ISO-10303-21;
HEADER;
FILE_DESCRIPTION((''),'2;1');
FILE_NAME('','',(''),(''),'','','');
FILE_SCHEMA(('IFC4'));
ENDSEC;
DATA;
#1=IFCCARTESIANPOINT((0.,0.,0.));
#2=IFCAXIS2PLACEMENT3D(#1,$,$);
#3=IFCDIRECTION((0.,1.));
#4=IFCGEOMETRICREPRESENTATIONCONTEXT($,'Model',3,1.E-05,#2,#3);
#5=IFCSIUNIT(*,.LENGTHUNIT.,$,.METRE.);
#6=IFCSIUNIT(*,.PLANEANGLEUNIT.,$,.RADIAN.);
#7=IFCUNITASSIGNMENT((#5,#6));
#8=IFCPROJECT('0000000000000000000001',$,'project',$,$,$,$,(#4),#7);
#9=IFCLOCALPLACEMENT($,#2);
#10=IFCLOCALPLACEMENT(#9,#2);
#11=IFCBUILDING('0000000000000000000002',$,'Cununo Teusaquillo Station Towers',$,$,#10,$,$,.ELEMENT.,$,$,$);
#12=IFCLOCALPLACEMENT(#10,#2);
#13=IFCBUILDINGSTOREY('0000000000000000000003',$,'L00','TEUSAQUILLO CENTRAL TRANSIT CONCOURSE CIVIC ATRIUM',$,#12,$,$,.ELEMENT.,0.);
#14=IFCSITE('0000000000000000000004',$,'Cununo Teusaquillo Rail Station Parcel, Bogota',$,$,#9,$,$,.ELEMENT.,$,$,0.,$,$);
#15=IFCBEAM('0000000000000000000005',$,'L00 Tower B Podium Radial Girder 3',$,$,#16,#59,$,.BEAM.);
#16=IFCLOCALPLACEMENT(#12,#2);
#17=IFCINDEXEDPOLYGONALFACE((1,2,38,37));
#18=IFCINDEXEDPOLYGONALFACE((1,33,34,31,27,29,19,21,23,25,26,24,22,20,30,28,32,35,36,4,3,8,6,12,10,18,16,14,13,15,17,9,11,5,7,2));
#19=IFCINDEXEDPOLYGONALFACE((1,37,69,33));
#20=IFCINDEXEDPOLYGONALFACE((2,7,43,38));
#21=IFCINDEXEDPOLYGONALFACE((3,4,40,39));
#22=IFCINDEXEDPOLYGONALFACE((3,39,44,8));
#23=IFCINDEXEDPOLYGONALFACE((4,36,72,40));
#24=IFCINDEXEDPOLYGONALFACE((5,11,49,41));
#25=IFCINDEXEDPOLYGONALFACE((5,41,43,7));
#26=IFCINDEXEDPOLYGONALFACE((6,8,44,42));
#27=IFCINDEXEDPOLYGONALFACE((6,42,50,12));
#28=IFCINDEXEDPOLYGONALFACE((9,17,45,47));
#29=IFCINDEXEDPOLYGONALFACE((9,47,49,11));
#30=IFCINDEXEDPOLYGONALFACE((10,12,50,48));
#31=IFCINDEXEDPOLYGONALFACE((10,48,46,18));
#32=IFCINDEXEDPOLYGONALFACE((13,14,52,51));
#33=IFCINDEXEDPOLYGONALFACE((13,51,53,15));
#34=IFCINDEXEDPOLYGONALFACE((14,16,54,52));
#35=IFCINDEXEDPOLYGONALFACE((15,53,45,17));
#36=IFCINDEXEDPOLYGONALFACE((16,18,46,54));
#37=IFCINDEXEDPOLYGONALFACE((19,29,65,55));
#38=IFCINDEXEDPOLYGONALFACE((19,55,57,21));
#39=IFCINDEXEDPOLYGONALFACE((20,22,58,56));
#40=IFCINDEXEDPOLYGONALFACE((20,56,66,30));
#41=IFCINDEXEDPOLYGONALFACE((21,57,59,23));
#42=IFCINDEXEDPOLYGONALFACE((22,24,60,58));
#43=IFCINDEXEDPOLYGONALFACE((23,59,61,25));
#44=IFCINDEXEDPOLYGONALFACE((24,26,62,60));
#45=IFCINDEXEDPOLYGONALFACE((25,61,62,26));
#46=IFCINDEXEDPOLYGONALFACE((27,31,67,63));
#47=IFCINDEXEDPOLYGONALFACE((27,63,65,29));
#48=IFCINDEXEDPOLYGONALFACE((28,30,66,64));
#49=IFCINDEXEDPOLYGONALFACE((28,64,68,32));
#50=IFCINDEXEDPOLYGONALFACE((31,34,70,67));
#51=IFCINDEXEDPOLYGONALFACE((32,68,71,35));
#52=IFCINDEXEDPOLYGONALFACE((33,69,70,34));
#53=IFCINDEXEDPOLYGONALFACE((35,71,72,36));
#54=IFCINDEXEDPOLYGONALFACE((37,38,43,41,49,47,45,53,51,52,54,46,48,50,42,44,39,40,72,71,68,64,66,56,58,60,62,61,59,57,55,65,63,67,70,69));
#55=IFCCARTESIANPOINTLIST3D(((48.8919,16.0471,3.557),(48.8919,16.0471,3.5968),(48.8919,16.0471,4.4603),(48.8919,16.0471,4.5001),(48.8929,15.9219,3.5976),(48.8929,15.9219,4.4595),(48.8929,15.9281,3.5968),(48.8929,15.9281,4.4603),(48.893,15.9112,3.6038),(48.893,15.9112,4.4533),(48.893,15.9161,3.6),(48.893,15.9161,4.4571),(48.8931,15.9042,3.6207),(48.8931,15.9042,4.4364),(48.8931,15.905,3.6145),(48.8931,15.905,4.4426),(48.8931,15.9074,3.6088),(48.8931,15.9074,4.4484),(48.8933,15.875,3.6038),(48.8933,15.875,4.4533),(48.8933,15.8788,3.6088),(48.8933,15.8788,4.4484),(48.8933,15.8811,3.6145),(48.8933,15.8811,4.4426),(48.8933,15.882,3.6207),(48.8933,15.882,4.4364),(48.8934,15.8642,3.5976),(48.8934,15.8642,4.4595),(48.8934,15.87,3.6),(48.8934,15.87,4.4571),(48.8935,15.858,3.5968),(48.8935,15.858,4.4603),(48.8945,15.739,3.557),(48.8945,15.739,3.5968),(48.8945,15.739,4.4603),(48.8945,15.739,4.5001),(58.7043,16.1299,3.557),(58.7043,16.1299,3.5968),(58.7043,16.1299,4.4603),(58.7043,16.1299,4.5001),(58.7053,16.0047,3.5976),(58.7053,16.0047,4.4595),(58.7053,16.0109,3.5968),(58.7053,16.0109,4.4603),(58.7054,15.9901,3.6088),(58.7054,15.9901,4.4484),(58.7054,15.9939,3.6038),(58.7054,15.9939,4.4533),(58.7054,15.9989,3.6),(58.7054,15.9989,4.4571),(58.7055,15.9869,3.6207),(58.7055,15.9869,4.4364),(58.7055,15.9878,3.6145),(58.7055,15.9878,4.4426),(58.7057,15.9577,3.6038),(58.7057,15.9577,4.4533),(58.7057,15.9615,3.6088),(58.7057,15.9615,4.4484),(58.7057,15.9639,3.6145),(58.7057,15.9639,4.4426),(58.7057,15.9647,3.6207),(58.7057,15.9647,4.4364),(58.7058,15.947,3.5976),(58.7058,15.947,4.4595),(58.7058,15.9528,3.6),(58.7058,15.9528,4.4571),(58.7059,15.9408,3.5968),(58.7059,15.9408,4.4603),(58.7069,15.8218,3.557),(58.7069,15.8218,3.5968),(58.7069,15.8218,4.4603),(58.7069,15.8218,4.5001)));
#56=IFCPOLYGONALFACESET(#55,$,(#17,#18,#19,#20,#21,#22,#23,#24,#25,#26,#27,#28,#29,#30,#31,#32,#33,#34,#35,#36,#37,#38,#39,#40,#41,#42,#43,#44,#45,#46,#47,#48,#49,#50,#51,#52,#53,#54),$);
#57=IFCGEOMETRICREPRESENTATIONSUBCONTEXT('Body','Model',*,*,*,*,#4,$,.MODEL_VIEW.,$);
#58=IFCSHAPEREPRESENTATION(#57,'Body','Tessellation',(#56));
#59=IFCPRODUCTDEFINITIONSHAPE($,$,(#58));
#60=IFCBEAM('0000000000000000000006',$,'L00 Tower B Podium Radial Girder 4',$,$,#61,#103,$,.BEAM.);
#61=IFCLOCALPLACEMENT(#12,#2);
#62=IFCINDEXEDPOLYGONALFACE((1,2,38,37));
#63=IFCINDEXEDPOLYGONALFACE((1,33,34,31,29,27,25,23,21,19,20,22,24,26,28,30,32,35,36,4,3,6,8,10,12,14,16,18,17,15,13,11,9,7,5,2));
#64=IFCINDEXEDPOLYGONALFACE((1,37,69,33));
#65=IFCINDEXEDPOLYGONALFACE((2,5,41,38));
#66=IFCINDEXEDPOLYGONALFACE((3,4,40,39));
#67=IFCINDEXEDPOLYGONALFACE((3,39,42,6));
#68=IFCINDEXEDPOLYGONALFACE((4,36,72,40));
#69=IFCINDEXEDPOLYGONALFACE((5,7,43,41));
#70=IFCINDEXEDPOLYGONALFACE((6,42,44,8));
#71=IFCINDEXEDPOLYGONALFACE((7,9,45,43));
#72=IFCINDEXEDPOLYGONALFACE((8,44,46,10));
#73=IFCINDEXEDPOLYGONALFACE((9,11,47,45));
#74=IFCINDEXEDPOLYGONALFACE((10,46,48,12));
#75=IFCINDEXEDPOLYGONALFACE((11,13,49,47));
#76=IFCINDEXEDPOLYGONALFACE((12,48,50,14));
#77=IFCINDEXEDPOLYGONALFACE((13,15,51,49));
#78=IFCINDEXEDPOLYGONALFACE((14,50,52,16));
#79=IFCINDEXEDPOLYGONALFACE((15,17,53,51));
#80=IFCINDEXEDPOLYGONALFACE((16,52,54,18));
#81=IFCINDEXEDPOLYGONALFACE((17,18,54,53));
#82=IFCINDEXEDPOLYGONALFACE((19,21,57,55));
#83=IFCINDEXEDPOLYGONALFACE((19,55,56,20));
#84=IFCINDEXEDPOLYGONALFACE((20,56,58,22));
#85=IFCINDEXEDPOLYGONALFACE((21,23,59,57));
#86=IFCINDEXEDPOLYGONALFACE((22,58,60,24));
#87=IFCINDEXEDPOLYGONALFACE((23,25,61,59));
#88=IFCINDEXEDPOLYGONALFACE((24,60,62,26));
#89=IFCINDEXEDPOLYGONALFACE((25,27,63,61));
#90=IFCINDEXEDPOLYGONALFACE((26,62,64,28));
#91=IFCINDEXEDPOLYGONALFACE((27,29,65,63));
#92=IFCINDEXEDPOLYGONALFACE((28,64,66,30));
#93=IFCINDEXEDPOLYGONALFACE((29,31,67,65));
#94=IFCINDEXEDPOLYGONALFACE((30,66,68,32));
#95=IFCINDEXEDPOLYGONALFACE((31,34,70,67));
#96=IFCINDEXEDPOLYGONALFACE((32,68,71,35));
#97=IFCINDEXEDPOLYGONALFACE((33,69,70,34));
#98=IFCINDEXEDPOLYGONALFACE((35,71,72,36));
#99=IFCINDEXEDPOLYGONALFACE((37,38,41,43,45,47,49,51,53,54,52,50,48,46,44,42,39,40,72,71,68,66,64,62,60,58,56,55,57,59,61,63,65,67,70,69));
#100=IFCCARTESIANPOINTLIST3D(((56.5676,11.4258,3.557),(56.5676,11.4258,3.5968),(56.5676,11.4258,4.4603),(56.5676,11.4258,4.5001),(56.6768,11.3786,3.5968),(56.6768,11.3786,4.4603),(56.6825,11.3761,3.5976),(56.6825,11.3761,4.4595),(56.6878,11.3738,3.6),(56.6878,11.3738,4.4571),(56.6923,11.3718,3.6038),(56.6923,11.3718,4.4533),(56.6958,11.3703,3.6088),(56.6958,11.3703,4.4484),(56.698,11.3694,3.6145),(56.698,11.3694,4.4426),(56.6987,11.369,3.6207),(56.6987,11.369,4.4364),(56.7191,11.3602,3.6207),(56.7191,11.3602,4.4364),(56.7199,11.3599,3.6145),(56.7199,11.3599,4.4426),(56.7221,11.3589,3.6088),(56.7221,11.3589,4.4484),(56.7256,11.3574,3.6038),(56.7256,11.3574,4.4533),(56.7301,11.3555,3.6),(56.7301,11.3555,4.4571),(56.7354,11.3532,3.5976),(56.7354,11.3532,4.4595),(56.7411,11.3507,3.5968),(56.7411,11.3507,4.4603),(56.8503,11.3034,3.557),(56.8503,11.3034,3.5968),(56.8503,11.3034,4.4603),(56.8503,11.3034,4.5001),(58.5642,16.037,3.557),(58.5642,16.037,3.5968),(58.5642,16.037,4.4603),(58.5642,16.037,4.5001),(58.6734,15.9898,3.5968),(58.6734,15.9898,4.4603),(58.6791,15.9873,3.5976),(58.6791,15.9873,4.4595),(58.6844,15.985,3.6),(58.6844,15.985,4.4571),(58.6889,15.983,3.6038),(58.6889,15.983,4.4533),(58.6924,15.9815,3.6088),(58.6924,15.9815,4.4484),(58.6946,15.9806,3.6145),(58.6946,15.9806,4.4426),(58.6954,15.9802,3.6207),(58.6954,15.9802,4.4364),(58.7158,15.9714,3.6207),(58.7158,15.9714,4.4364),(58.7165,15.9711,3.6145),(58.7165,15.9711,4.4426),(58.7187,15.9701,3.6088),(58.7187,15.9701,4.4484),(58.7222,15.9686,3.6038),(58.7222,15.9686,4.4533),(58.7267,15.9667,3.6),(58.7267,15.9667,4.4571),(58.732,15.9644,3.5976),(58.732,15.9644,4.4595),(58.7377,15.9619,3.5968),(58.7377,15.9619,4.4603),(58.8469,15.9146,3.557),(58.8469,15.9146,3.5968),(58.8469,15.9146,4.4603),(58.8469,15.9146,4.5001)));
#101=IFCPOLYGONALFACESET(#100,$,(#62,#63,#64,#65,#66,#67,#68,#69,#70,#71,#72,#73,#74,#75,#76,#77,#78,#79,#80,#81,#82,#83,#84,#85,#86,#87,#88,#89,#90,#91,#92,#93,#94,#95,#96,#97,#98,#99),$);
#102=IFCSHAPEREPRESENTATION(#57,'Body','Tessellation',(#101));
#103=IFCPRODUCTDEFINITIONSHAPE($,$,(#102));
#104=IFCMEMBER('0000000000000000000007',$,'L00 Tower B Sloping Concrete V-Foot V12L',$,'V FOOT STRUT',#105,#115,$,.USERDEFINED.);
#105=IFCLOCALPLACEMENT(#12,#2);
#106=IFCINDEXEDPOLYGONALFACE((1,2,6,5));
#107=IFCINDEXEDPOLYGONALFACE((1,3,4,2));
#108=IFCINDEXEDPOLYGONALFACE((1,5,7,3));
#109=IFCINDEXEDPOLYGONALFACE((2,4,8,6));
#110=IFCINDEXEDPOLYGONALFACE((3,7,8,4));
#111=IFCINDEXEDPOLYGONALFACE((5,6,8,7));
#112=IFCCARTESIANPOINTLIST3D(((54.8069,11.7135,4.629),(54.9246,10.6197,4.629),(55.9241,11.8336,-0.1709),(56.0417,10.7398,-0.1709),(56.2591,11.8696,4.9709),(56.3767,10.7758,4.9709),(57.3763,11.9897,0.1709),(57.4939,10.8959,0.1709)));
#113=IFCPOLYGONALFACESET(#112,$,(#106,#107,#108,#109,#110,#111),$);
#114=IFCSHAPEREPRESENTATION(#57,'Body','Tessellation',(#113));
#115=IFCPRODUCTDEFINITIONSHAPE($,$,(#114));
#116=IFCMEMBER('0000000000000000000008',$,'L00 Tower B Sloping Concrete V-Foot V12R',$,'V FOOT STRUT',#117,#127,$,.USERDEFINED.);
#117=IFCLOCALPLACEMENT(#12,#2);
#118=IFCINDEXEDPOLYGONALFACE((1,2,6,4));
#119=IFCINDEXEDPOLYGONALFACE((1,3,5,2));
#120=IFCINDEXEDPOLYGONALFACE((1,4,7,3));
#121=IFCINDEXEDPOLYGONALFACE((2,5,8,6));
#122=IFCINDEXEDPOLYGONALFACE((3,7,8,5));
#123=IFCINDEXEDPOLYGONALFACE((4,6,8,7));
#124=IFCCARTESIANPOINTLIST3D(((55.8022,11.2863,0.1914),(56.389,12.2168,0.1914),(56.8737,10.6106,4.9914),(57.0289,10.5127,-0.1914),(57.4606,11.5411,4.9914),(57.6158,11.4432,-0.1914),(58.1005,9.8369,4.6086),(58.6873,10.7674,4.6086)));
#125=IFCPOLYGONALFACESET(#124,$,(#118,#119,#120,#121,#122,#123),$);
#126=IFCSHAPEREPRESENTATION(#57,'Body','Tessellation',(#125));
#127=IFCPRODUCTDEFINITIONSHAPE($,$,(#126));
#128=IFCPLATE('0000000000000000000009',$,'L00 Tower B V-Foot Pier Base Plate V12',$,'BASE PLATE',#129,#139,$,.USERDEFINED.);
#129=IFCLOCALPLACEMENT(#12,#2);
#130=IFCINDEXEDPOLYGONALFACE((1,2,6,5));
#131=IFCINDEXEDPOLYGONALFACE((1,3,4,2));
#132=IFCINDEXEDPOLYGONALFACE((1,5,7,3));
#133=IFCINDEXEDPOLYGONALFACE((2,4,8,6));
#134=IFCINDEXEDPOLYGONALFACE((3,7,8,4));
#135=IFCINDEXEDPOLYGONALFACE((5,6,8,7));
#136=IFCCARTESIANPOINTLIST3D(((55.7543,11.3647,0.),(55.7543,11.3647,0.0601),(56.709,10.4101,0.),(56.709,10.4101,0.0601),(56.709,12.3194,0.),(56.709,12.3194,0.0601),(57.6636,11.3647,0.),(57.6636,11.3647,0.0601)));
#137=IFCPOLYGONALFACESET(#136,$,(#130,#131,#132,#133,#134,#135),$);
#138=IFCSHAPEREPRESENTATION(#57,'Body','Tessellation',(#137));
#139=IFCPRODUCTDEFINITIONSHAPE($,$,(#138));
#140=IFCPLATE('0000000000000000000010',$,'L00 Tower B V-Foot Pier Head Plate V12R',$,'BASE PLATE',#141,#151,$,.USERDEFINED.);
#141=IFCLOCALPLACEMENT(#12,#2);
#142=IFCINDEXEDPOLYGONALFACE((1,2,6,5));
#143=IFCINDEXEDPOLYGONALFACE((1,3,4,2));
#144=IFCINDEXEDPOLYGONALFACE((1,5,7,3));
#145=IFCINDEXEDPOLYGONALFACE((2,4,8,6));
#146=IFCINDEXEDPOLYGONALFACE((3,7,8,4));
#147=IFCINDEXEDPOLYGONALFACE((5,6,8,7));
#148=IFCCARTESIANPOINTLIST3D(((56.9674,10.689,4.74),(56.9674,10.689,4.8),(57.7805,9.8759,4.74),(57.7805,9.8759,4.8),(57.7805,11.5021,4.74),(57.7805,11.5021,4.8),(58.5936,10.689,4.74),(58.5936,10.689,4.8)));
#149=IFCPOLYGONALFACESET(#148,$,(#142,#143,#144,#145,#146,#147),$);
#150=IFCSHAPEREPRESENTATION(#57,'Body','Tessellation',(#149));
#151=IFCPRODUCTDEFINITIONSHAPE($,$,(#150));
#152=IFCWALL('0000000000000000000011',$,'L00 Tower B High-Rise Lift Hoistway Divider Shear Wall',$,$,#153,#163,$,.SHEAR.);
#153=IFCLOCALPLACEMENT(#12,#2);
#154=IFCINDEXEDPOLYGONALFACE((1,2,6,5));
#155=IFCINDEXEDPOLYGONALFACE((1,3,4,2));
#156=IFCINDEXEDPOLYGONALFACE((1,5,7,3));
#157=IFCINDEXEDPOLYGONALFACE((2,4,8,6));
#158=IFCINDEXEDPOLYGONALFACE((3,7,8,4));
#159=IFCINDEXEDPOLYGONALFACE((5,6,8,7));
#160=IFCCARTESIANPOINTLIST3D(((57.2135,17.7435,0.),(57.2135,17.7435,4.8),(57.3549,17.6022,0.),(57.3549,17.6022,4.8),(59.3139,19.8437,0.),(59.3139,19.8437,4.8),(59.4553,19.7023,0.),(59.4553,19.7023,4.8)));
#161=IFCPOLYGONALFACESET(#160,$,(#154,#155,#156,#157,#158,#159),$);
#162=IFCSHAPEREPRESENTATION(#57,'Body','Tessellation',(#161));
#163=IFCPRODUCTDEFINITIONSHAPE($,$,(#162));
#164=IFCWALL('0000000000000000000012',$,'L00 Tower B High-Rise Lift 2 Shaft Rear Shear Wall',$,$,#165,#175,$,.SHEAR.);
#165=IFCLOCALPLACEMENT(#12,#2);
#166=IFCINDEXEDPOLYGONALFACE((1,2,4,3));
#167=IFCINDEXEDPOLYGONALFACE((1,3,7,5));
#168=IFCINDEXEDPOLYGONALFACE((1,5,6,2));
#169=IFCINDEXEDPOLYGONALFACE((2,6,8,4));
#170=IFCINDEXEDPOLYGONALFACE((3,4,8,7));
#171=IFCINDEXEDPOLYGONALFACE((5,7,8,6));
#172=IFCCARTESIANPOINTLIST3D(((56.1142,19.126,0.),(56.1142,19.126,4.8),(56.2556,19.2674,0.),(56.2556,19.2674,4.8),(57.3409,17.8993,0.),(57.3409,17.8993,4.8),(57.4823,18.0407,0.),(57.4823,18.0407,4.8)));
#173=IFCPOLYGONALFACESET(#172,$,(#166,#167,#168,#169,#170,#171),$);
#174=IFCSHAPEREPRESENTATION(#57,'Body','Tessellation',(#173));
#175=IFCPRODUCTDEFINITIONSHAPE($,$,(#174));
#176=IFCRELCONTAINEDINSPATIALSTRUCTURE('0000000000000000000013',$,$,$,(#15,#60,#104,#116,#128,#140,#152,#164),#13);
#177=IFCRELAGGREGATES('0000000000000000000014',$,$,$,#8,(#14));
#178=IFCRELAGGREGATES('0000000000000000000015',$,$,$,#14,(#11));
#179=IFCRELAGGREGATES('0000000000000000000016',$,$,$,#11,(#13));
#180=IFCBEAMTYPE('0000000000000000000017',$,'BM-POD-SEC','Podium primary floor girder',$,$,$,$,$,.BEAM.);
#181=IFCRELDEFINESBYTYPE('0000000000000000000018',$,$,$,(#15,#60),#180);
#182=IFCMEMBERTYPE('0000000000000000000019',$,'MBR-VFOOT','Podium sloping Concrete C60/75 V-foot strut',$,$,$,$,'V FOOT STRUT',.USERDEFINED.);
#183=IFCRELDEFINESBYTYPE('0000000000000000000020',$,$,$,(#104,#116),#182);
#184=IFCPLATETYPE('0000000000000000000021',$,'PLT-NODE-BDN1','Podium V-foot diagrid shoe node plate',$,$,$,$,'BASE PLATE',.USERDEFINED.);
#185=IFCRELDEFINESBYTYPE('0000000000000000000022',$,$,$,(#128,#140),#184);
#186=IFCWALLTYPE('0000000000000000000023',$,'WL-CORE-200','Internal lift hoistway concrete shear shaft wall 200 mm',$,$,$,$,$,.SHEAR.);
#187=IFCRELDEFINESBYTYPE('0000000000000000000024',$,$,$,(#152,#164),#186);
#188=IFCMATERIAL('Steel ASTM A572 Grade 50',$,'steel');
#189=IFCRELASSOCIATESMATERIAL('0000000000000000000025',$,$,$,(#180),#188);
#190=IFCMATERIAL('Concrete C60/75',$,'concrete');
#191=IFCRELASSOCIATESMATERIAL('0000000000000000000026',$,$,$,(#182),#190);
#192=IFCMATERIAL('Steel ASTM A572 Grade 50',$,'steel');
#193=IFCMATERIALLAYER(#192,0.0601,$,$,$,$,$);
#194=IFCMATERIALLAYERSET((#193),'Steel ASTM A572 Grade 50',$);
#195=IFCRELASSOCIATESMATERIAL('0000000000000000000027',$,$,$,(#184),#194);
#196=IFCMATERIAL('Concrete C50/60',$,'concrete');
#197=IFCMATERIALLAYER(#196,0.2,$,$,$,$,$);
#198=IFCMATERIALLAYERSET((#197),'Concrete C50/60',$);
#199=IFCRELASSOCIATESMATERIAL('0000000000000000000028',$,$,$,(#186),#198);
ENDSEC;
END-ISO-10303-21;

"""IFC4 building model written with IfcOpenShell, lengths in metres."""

from ifc_helpers import new_model, si_unit, direction, frame, frame_2d, origin, origin_2d, place, context, subcontext, project, spatial, rectangle, i_section, extrude, source, transform, mapped, material, layer, layer_set, material_profile, profile_set, type_object, element, save


model = new_model("IFC4")

# Units and contexts
model_context = context("Model", 3, precision=1e-05, world=origin(), true_north=direction((0.0, 1.0)))
body_context = subcontext(model_context, "Body", "Model", "MODEL_VIEW")
ifc_project = project(units=[si_unit("LENGTHUNIT", "METRE"), si_unit("PLANEANGLEUNIT", "RADIAN")], contexts=[model_context])

# Site, building, storey
site_placement = place(None, origin())
site = spatial("IfcSite", under=ifc_project, at=site_placement, Name="Cununo Teusaquillo Rail Station Parcel, Bogota", CompositionType="ELEMENT", RefElevation=0.0)
building_placement = place(site_placement, origin())
building = spatial("IfcBuilding", under=site, at=building_placement, Name="Cununo Teusaquillo Station Towers", CompositionType="ELEMENT")
storey_placement = place(building_placement, origin())
storey = spatial("IfcBuildingStorey", under=building, at=storey_placement, Name="L00", Description="TEUSAQUILLO CENTRAL TRANSIT CONCOURSE CIVIC ATRIUM", CompositionType="ELEMENT", Elevation=0.0)

# Beams
ifc_material_1 = material(Name="Steel ASTM A572 Grade 50", Category="steel")
ifc_material_profile_1 = material_profile(ifc_material_1, i_section(OverallWidth=0.3081, OverallDepth=0.9431, WebThickness=0.0222, FlangeThickness=0.0398, FilletRadius=0.0239, at=origin_2d()), Name="W36X232")
ifc_profile_set_1 = profile_set([ifc_material_profile_1], Name="Steel ASTM A572 Grade 50")
beam_type_1 = type_object("IfcBeamType", Name="BM-POD-SEC", Description="Podium primary floor girder", PredefinedType="BEAM", material=ifc_profile_set_1)
beam_1_placement = place(storey_placement, frame((58.7056, 15.9758, 4.0286), z_axis=(-0.999964, -0.008434, 0.0), x_axis=(0.008434, -0.999964, 0.0)))
element("IfcBeam", 1, at=beam_1_placement, inside=storey, type_object=beam_type_1, Name="L00 Tower B Podium Radial Girder 3", PredefinedType="BEAM", context=body_context, shape_type="SweptSolid", body=[
    extrude(i_section(OverallWidth=0.3081, OverallDepth=0.9431, WebThickness=0.0222, FlangeThickness=0.0398, FilletRadius=0.0239, at=origin_2d()), origin(), (0.0, 0.0, 1.0), 9.8127),
])
beam_2_placement = place(storey_placement, frame((58.7056, 15.9758, 4.0286), z_axis=(-0.397347, -0.917668, 0.0), x_axis=(0.917668, -0.397347, 0.0)))
element("IfcBeam", 2, at=beam_2_placement, inside=storey, type_object=beam_type_1, Name="L00 Tower B Podium Radial Girder 4", PredefinedType="BEAM", context=body_context, shape_type="SweptSolid", body=[
    extrude(i_section(OverallWidth=0.3081, OverallDepth=0.9431, WebThickness=0.0222, FlangeThickness=0.0398, FilletRadius=0.0239, at=origin_2d()), origin(), (0.0, 0.0, 1.0), 5.0249),
])

# Members
ifc_material_2 = material(Name="Concrete C60/75", Category="concrete")
ifc_material_profile_2 = material_profile(ifc_material_2, rectangle(XDim=1.1001, YDim=1.5, at=origin_2d()), Name="RC-RECT-1500x1100")
ifc_profile_set_2 = profile_set([ifc_material_profile_2], Name="Concrete C60/75")
member_type = type_object("IfcMemberType", Name="MBR-VFOOT", Description="Podium sloping Concrete C60/75 V-foot strut", ElementType="V FOOT STRUT", PredefinedType="USERDEFINED", material=ifc_profile_set_2)
member_1_placement = place(storey_placement, frame((56.709, 11.3647, 0.0), z_axis=(-0.226619, -0.024365, 0.973679), x_axis=(0.106901, -0.99427, 0.0)))
element("IfcMember", 3, at=member_1_placement, inside=storey, type_object=member_type, Name="L00 Tower B Sloping Concrete V-Foot V12L", ObjectType="V FOOT STRUT", PredefinedType="USERDEFINED", context=body_context, shape_type="SweptSolid", body=[
    extrude(rectangle(XDim=1.1001, YDim=1.5, at=origin_2d()), origin(), (0.0, 0.0, 1.0), 4.9297),
])
member_2_placement = place(storey_placement, frame((56.709, 11.3647, 0.0), z_axis=(0.215843, -0.136125, 0.966893), x_axis=(0.533442, 0.845837, 0.0)))
element("IfcMember", 4, at=member_2_placement, inside=storey, type_object=member_type, Name="L00 Tower B Sloping Concrete V-Foot V12R", ObjectType="V FOOT STRUT", PredefinedType="USERDEFINED", context=body_context, shape_type="SweptSolid", body=[
    extrude(rectangle(XDim=1.1001, YDim=1.5, at=origin_2d()), origin(), (0.0, 0.0, 1.0), 4.9644),
])

# Plates
ifc_material_3 = material(Name="Steel ASTM A572 Grade 50", Category="steel")
ifc_layer_1 = layer(ifc_material_3, 0.0601)
ifc_layer_set_1 = layer_set([ifc_layer_1], Name="Steel ASTM A572 Grade 50")
plate_type = type_object("IfcPlateType", Name="PLT-NODE-BDN1", Description="Podium V-foot diagrid shoe node plate", ElementType="BASE PLATE", PredefinedType="USERDEFINED", material=ifc_layer_set_1)
shared_shape_1 = source(origin(), body_context, "Body", "SweptSolid", [
    extrude(rectangle(XDim=1.3501, YDim=1.3501, at=origin_2d()), origin(), (0.0, 0.0, 1.0), 0.0601),
])
plate_1_placement = place(storey_placement, frame((56.709, 11.3647, 0.0), z_axis=(0.0, 0.0, 1.0), x_axis=(0.707107, 0.707107, 0.0)))
element("IfcPlate", 5, at=plate_1_placement, inside=storey, type_object=plate_type, Name="L00 Tower B V-Foot Pier Base Plate V12", ObjectType="BASE PLATE", PredefinedType="USERDEFINED", context=body_context, shape_type="MappedRepresentation", body=[
    mapped(shared_shape_1, transform((0.0, 0.0, 0.0), x_axis=(1.0, 0.0, 0.0), y_axis=(0.0, 1.0, 0.0), z_axis=(0.0, 0.0, 1.0), scale=1.0)),
])
shared_shape_2 = source(origin(), body_context, "Body", "SweptSolid", [
    extrude(rectangle(XDim=1.1499, YDim=1.1499, at=origin_2d()), origin(), (0.0, 0.0, 1.0), 0.0601),
])
plate_2_placement = place(storey_placement, frame((57.7805, 10.689, 4.74), z_axis=(0.0, 0.0, 1.0), x_axis=(0.707107, 0.707107, 0.0)))
element("IfcPlate", 6, at=plate_2_placement, inside=storey, type_object=plate_type, Name="L00 Tower B V-Foot Pier Head Plate V12R", ObjectType="BASE PLATE", PredefinedType="USERDEFINED", context=body_context, shape_type="MappedRepresentation", body=[
    mapped(shared_shape_2, transform((0.0, 0.0, 0.0), x_axis=(1.0, 0.0, 0.0), y_axis=(0.0, 1.0, 0.0), z_axis=(0.0, 0.0, 1.0), scale=1.0)),
])

# Walls
ifc_material_4 = material(Name="Concrete C50/60", Category="concrete")
ifc_layer_2 = layer(ifc_material_4, 0.2)
ifc_layer_set_2 = layer_set([ifc_layer_2], Name="Concrete C50/60")
wall_type_1 = type_object("IfcWallType", Name="WL-CORE-200", Description="Internal lift hoistway concrete shear shaft wall 200 mm", PredefinedType="SHEAR", material=ifc_layer_set_2)
wall_1_placement = place(storey_placement, frame((57.2842, 17.6729, 0.0), z_axis=(0.0, 0.0, 1.0), x_axis=(0.707148, 0.707066, 0.0)))
element("IfcWall", 7, at=wall_1_placement, inside=storey, type_object=wall_type_1, Name="L00 Tower B High-Rise Lift Hoistway Divider Shear Wall", PredefinedType="SHEAR", context=body_context, shape_type="SweptSolid", body=[
    extrude(rectangle(XDim=2.9702, YDim=0.2, at=frame_2d((1.4851, 0.0))), origin(), (0.0, 0.0, 1.0), 4.8),
])
wall_2_placement = place(storey_placement, frame((57.4116, 17.97, 0.0), z_axis=(0.0, 0.0, 1.0), x_axis=(-0.707107, 0.707107, 0.0)))
element("IfcWall", 8, at=wall_2_placement, inside=storey, type_object=wall_type_1, Name="L00 Tower B High-Rise Lift 2 Shaft Rear Shear Wall", PredefinedType="SHEAR", context=body_context, shape_type="SweptSolid", body=[
    extrude(rectangle(XDim=1.7349, YDim=0.2, at=frame_2d((0.8674, 0.0))), origin(), (0.0, 0.0, 1.0), 4.8),
])

save(model, "model.ifc")
